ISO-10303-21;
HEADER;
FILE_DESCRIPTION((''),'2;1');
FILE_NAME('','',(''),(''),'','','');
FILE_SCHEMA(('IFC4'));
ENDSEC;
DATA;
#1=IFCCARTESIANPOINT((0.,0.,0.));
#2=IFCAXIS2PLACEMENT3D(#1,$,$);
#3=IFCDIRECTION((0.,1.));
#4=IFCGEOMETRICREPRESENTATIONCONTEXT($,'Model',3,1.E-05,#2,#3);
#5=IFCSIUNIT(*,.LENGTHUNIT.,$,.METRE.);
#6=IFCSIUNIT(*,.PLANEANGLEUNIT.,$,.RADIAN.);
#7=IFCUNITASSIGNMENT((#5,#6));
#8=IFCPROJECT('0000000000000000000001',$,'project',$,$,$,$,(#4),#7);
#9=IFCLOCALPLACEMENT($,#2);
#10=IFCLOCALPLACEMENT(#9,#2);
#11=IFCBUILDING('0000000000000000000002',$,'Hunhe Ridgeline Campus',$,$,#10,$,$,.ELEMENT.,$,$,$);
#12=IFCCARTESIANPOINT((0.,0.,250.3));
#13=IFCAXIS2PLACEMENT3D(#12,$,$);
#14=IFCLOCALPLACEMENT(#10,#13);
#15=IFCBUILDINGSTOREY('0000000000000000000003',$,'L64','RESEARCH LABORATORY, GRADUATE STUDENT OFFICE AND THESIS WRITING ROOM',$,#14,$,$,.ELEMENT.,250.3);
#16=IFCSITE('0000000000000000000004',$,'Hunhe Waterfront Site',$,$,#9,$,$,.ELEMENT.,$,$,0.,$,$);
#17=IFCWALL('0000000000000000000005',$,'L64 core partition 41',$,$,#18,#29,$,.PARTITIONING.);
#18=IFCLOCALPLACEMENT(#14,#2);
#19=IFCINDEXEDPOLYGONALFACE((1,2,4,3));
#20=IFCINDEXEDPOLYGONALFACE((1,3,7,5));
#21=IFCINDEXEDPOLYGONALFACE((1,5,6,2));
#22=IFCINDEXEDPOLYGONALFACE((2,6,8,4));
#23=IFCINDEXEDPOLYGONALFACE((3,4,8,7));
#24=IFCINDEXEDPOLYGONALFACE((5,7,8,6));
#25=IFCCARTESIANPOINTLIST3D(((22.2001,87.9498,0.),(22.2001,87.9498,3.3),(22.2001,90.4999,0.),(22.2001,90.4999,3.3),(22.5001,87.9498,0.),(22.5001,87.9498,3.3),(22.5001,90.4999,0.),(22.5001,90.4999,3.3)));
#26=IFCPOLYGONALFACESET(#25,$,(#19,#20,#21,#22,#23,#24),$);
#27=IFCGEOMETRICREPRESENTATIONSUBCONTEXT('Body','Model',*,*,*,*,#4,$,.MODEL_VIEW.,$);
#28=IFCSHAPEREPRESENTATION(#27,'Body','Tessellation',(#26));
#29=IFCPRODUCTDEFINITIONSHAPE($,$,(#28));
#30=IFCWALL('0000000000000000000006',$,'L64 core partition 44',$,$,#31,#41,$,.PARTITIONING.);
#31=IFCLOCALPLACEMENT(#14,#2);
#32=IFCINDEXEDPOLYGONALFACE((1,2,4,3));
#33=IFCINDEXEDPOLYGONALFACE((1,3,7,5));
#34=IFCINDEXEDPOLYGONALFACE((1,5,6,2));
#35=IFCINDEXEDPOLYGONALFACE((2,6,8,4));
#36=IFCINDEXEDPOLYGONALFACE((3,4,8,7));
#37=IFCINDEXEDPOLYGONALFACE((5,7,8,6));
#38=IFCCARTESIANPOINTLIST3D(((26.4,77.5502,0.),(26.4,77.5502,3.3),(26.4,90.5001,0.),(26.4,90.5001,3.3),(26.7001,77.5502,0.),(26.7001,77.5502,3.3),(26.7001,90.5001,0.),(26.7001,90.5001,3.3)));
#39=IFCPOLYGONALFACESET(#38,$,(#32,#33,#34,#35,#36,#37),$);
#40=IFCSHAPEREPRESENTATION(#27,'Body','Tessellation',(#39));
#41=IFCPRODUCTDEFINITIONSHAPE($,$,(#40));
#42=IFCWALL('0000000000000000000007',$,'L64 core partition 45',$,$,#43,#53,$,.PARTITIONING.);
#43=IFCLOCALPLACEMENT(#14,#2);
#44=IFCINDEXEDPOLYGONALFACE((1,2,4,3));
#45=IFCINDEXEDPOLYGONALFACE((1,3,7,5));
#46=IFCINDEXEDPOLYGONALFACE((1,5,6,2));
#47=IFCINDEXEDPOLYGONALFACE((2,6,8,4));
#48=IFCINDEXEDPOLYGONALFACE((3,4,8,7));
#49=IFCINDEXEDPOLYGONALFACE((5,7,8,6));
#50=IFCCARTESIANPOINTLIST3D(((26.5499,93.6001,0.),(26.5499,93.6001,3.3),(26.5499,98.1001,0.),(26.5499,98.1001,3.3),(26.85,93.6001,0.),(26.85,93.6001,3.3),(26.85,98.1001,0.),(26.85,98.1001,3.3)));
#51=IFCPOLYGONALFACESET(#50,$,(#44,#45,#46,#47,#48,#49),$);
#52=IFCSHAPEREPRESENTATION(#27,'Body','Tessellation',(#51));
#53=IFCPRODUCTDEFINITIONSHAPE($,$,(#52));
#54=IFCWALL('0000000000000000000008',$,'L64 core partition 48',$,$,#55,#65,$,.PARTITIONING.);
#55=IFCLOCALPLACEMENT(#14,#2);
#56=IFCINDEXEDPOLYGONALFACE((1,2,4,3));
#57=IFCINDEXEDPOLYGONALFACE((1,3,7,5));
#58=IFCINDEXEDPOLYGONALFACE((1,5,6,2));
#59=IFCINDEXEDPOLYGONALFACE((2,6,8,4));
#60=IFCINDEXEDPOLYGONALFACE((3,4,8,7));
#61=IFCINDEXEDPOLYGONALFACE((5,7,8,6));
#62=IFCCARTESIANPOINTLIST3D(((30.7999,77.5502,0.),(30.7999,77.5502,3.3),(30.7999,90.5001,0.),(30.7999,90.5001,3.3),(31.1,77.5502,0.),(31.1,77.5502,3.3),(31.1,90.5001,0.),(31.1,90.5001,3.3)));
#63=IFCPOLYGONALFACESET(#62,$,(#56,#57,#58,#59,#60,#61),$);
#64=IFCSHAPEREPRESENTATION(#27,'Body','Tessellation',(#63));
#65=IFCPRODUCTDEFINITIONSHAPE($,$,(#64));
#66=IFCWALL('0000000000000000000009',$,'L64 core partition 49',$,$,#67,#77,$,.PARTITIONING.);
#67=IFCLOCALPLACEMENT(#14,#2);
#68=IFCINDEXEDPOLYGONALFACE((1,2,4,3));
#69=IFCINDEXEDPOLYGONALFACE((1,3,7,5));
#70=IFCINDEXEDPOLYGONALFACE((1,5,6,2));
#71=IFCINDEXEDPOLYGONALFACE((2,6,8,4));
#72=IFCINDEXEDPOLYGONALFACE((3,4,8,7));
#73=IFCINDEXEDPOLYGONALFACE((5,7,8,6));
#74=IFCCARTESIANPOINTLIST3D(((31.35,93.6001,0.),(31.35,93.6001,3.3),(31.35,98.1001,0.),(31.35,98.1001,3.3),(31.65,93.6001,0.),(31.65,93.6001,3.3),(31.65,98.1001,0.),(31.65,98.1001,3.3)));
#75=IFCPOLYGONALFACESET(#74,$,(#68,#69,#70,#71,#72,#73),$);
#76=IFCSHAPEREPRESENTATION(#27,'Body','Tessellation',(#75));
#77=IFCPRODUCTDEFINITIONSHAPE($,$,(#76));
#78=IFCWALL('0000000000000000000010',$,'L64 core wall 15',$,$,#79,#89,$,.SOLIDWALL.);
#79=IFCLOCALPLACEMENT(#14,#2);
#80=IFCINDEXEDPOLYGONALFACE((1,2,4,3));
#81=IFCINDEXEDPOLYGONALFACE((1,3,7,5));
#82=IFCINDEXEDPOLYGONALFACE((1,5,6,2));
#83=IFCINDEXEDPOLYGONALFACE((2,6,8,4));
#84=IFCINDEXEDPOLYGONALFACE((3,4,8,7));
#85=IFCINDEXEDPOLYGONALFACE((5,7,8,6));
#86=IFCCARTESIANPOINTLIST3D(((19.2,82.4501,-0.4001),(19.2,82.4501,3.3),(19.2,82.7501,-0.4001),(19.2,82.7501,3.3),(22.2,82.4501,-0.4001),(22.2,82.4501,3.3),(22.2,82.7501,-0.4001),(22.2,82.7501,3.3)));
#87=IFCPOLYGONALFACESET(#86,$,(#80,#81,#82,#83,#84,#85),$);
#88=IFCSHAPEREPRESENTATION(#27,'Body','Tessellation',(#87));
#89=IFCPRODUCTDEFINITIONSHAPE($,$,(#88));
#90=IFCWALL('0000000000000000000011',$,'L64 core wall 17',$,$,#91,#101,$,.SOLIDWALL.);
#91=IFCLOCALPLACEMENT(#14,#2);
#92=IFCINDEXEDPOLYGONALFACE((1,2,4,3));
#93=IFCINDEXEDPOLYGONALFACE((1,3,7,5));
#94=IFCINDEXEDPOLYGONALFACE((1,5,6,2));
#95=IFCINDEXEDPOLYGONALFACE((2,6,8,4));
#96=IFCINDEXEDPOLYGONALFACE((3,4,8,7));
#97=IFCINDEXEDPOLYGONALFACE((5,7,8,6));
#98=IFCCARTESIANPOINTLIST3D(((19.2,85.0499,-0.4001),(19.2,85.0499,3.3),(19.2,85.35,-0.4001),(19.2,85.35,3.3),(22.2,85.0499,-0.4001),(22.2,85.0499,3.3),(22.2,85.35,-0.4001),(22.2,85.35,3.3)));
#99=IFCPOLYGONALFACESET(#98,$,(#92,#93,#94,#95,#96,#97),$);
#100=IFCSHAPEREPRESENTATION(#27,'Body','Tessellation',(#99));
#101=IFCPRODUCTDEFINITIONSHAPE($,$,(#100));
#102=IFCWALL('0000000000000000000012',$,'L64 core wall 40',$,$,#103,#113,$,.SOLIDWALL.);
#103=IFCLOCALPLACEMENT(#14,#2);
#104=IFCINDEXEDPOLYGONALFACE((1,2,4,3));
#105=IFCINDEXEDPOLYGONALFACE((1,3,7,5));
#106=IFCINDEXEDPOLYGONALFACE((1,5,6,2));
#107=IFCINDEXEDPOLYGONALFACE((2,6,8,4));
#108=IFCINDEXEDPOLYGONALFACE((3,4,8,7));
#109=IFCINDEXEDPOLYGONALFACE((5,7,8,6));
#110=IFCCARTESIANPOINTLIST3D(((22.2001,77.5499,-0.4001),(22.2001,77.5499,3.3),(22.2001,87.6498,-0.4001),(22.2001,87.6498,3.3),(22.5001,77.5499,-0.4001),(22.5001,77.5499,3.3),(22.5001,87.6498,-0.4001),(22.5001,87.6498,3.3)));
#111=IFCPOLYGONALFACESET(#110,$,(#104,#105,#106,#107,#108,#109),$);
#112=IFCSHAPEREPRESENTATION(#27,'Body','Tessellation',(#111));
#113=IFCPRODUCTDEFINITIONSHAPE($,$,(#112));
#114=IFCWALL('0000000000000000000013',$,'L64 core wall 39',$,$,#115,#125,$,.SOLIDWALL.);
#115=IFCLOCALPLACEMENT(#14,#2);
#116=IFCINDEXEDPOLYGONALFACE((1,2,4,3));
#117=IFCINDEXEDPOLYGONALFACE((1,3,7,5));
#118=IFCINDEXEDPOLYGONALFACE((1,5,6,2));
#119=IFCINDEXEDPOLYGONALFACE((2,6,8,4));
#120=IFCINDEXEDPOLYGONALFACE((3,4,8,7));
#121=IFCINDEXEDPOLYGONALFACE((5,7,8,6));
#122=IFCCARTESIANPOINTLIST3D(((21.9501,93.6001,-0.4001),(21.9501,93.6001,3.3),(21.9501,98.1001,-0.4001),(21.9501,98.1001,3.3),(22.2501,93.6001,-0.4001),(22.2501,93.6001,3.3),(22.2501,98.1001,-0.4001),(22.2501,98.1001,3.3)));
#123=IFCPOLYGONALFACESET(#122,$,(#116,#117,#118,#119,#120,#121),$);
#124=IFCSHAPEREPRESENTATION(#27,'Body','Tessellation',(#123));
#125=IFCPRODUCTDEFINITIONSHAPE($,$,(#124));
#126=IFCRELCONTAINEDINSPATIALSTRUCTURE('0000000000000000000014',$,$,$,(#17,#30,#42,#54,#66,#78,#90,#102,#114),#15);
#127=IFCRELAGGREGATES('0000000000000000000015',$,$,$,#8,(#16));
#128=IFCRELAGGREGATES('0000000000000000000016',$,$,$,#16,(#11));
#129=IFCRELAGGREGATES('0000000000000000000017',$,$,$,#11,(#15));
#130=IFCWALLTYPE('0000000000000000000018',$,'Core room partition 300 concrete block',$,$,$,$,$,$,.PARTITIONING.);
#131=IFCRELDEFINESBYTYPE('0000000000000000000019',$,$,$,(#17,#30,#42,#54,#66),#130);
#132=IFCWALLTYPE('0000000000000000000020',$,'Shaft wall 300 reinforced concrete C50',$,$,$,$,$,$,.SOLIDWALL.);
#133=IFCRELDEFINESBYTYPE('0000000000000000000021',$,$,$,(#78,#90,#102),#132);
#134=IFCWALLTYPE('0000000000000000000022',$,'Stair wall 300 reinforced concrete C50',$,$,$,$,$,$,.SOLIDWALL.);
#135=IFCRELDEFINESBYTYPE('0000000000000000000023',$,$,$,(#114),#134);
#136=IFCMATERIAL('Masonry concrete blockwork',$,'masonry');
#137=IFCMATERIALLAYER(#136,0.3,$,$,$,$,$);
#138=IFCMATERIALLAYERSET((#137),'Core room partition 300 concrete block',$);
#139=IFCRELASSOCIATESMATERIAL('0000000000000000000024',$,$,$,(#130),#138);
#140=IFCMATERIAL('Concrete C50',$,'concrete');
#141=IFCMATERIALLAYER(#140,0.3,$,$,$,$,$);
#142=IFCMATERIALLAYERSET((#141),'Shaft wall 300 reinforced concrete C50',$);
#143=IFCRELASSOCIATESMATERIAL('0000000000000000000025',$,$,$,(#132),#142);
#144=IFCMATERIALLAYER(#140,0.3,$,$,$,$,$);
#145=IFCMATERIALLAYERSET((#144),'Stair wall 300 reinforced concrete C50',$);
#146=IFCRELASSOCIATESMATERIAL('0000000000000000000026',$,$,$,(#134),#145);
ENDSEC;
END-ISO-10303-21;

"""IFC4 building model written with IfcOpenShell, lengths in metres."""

from ifc_helpers import new_model, si_unit, direction, frame, frame_2d, origin, place, context, subcontext, project, spatial, rectangle, extrude, material, layer, layer_set, type_object, element, save


model = new_model("IFC4")

# Units and contexts
model_context = context("Model", 3, precision=1e-05, world=origin(), true_north=direction((0.0, 1.0)))
body_context = subcontext(model_context, "Body", "Model", "MODEL_VIEW")
ifc_project = project(units=[si_unit("LENGTHUNIT", "METRE"), si_unit("PLANEANGLEUNIT", "RADIAN")], contexts=[model_context])

# Site, building, storey
site_placement = place(None, origin())
site = spatial("IfcSite", under=ifc_project, at=site_placement, Name="Hunhe Waterfront Site", CompositionType="ELEMENT", RefElevation=0.0)
building_placement = place(site_placement, origin())
building = spatial("IfcBuilding", under=site, at=building_placement, Name="Hunhe Ridgeline Campus", CompositionType="ELEMENT")
storey_placement = place(building_placement, frame((0.0, 0.0, 250.3)))
storey = spatial("IfcBuildingStorey", under=building, at=storey_placement, Name="L64", Description="RESEARCH LABORATORY, GRADUATE STUDENT OFFICE AND THESIS WRITING ROOM", CompositionType="ELEMENT", Elevation=250.3)

# Shared definitions
ifc_material_1 = material(Name="Masonry concrete blockwork", Category="masonry")
ifc_layer_1 = layer(ifc_material_1, 0.3)
ifc_layer_set_1 = layer_set([ifc_layer_1], Name="Core room partition 300 concrete block")
wall_type_1 = type_object("IfcWallType", Name="Core room partition 300 concrete block", PredefinedType="PARTITIONING", material=ifc_layer_set_1)

# Walls
wall_1_placement = place(storey_placement, frame((22.3501, 87.95, 0.0), z_axis=(0.0, 0.0, 1.0), x_axis=(0.0, 1.0, 0.0)))
element("IfcWall", 1, at=wall_1_placement, inside=storey, type_object=wall_type_1, Name="L64 core partition 41", PredefinedType="PARTITIONING", context=body_context, shape_type="SweptSolid", body=[
    extrude(rectangle(XDim=2.55, YDim=0.3, at=frame_2d((1.2749, 0.0))), origin(), (0.0, 0.0, 1.0), 3.3),
])
wall_2_placement = place(storey_placement, frame((26.55, 77.55, 0.0), z_axis=(0.0, 0.0, 1.0), x_axis=(0.0, 1.0, 0.0)))
element("IfcWall", 2, at=wall_2_placement, inside=storey, type_object=wall_type_1, Name="L64 core partition 44", PredefinedType="PARTITIONING", context=body_context, shape_type="SweptSolid", body=[
    extrude(rectangle(XDim=12.95, YDim=0.3, at=frame_2d((6.4751, 0.0))), origin(), (0.0, 0.0, 1.0), 3.3),
])
wall_3_placement = place(storey_placement, frame((26.7, 93.6001, 0.0), z_axis=(0.0, 0.0, 1.0), x_axis=(0.0, 1.0, 0.0)))
element("IfcWall", 3, at=wall_3_placement, inside=storey, type_object=wall_type_1, Name="L64 core partition 45", PredefinedType="PARTITIONING", context=body_context, shape_type="SweptSolid", body=[
    extrude(rectangle(XDim=4.5, YDim=0.3, at=frame_2d((2.25, 0.0))), origin(), (0.0, 0.0, 1.0), 3.3),
])
wall_4_placement = place(storey_placement, frame((30.95, 77.55, 0.0), z_axis=(0.0, 0.0, 1.0), x_axis=(0.0, 1.0, 0.0)))
element("IfcWall", 4, at=wall_4_placement, inside=storey, type_object=wall_type_1, Name="L64 core partition 48", PredefinedType="PARTITIONING", context=body_context, shape_type="SweptSolid", body=[
    extrude(rectangle(XDim=12.95, YDim=0.3, at=frame_2d((6.4751, 0.0))), origin(), (0.0, 0.0, 1.0), 3.3),
])
wall_5_placement = place(storey_placement, frame((31.5, 93.6001, 0.0), z_axis=(0.0, 0.0, 1.0), x_axis=(0.0, 1.0, 0.0)))
element("IfcWall", 5, at=wall_5_placement, inside=storey, type_object=wall_type_1, Name="L64 core partition 49", PredefinedType="PARTITIONING", context=body_context, shape_type="SweptSolid", body=[
    extrude(rectangle(XDim=4.5, YDim=0.3, at=frame_2d((2.25, 0.0))), origin(), (0.0, 0.0, 1.0), 3.3),
])
ifc_material_2 = material(Name="Concrete C50", Category="concrete")
ifc_layer_2 = layer(ifc_material_2, 0.3)
ifc_layer_set_2 = layer_set([ifc_layer_2], Name="Shaft wall 300 reinforced concrete C50")
wall_type_2 = type_object("IfcWallType", Name="Shaft wall 300 reinforced concrete C50", PredefinedType="SOLIDWALL", material=ifc_layer_set_2)
for number, where, z_axis, x_axis, name in (
    (6, (19.2, 82.6001, -0.4001), (0.0, 0.0, 1.0), (1.0, 0.0, 0.0), "L64 core wall 15"),
    (7, (19.2, 85.2, -0.4001), (0.0, 0.0, 1.0), (1.0, 0.0, 0.0), "L64 core wall 17"),
):
    element("IfcWall", number, at=place(storey_placement, frame(where, z_axis=z_axis, x_axis=x_axis)), inside=storey, type_object=wall_type_2, Name=name, PredefinedType="SOLIDWALL", context=body_context, shape_type="SweptSolid", body=[
        extrude(rectangle(XDim=3.0, YDim=0.3, at=frame_2d((1.5, 0.0))), origin(), (0.0, 0.0, 1.0), 3.7002),
    ])
wall_6_placement = place(storey_placement, frame((22.3501, 77.55, -0.4001), z_axis=(0.0, 0.0, 1.0), x_axis=(0.0, 1.0, 0.0)))
element("IfcWall", 8, at=wall_6_placement, inside=storey, type_object=wall_type_2, Name="L64 core wall 40", PredefinedType="SOLIDWALL", context=body_context, shape_type="SweptSolid", body=[
    extrude(rectangle(XDim=10.0999, YDim=0.3, at=frame_2d((5.0498, 0.0))), origin(), (0.0, 0.0, 1.0), 3.7002),
])
ifc_layer_3 = layer(ifc_material_2, 0.3)
ifc_layer_set_3 = layer_set([ifc_layer_3], Name="Stair wall 300 reinforced concrete C50")
wall_type_3 = type_object("IfcWallType", Name="Stair wall 300 reinforced concrete C50", PredefinedType="SOLIDWALL", material=ifc_layer_set_3)
wall_7_placement = place(storey_placement, frame((22.1001, 93.6001, -0.4001), z_axis=(0.0, 0.0, 1.0), x_axis=(0.0, 1.0, 0.0)))
element("IfcWall", 9, at=wall_7_placement, inside=storey, type_object=wall_type_3, Name="L64 core wall 39", PredefinedType="SOLIDWALL", context=body_context, shape_type="SweptSolid", body=[
    extrude(rectangle(XDim=4.5, YDim=0.3, at=frame_2d((2.25, 0.0))), origin(), (0.0, 0.0, 1.0), 3.7002),
])

save(model, "model.ifc")
